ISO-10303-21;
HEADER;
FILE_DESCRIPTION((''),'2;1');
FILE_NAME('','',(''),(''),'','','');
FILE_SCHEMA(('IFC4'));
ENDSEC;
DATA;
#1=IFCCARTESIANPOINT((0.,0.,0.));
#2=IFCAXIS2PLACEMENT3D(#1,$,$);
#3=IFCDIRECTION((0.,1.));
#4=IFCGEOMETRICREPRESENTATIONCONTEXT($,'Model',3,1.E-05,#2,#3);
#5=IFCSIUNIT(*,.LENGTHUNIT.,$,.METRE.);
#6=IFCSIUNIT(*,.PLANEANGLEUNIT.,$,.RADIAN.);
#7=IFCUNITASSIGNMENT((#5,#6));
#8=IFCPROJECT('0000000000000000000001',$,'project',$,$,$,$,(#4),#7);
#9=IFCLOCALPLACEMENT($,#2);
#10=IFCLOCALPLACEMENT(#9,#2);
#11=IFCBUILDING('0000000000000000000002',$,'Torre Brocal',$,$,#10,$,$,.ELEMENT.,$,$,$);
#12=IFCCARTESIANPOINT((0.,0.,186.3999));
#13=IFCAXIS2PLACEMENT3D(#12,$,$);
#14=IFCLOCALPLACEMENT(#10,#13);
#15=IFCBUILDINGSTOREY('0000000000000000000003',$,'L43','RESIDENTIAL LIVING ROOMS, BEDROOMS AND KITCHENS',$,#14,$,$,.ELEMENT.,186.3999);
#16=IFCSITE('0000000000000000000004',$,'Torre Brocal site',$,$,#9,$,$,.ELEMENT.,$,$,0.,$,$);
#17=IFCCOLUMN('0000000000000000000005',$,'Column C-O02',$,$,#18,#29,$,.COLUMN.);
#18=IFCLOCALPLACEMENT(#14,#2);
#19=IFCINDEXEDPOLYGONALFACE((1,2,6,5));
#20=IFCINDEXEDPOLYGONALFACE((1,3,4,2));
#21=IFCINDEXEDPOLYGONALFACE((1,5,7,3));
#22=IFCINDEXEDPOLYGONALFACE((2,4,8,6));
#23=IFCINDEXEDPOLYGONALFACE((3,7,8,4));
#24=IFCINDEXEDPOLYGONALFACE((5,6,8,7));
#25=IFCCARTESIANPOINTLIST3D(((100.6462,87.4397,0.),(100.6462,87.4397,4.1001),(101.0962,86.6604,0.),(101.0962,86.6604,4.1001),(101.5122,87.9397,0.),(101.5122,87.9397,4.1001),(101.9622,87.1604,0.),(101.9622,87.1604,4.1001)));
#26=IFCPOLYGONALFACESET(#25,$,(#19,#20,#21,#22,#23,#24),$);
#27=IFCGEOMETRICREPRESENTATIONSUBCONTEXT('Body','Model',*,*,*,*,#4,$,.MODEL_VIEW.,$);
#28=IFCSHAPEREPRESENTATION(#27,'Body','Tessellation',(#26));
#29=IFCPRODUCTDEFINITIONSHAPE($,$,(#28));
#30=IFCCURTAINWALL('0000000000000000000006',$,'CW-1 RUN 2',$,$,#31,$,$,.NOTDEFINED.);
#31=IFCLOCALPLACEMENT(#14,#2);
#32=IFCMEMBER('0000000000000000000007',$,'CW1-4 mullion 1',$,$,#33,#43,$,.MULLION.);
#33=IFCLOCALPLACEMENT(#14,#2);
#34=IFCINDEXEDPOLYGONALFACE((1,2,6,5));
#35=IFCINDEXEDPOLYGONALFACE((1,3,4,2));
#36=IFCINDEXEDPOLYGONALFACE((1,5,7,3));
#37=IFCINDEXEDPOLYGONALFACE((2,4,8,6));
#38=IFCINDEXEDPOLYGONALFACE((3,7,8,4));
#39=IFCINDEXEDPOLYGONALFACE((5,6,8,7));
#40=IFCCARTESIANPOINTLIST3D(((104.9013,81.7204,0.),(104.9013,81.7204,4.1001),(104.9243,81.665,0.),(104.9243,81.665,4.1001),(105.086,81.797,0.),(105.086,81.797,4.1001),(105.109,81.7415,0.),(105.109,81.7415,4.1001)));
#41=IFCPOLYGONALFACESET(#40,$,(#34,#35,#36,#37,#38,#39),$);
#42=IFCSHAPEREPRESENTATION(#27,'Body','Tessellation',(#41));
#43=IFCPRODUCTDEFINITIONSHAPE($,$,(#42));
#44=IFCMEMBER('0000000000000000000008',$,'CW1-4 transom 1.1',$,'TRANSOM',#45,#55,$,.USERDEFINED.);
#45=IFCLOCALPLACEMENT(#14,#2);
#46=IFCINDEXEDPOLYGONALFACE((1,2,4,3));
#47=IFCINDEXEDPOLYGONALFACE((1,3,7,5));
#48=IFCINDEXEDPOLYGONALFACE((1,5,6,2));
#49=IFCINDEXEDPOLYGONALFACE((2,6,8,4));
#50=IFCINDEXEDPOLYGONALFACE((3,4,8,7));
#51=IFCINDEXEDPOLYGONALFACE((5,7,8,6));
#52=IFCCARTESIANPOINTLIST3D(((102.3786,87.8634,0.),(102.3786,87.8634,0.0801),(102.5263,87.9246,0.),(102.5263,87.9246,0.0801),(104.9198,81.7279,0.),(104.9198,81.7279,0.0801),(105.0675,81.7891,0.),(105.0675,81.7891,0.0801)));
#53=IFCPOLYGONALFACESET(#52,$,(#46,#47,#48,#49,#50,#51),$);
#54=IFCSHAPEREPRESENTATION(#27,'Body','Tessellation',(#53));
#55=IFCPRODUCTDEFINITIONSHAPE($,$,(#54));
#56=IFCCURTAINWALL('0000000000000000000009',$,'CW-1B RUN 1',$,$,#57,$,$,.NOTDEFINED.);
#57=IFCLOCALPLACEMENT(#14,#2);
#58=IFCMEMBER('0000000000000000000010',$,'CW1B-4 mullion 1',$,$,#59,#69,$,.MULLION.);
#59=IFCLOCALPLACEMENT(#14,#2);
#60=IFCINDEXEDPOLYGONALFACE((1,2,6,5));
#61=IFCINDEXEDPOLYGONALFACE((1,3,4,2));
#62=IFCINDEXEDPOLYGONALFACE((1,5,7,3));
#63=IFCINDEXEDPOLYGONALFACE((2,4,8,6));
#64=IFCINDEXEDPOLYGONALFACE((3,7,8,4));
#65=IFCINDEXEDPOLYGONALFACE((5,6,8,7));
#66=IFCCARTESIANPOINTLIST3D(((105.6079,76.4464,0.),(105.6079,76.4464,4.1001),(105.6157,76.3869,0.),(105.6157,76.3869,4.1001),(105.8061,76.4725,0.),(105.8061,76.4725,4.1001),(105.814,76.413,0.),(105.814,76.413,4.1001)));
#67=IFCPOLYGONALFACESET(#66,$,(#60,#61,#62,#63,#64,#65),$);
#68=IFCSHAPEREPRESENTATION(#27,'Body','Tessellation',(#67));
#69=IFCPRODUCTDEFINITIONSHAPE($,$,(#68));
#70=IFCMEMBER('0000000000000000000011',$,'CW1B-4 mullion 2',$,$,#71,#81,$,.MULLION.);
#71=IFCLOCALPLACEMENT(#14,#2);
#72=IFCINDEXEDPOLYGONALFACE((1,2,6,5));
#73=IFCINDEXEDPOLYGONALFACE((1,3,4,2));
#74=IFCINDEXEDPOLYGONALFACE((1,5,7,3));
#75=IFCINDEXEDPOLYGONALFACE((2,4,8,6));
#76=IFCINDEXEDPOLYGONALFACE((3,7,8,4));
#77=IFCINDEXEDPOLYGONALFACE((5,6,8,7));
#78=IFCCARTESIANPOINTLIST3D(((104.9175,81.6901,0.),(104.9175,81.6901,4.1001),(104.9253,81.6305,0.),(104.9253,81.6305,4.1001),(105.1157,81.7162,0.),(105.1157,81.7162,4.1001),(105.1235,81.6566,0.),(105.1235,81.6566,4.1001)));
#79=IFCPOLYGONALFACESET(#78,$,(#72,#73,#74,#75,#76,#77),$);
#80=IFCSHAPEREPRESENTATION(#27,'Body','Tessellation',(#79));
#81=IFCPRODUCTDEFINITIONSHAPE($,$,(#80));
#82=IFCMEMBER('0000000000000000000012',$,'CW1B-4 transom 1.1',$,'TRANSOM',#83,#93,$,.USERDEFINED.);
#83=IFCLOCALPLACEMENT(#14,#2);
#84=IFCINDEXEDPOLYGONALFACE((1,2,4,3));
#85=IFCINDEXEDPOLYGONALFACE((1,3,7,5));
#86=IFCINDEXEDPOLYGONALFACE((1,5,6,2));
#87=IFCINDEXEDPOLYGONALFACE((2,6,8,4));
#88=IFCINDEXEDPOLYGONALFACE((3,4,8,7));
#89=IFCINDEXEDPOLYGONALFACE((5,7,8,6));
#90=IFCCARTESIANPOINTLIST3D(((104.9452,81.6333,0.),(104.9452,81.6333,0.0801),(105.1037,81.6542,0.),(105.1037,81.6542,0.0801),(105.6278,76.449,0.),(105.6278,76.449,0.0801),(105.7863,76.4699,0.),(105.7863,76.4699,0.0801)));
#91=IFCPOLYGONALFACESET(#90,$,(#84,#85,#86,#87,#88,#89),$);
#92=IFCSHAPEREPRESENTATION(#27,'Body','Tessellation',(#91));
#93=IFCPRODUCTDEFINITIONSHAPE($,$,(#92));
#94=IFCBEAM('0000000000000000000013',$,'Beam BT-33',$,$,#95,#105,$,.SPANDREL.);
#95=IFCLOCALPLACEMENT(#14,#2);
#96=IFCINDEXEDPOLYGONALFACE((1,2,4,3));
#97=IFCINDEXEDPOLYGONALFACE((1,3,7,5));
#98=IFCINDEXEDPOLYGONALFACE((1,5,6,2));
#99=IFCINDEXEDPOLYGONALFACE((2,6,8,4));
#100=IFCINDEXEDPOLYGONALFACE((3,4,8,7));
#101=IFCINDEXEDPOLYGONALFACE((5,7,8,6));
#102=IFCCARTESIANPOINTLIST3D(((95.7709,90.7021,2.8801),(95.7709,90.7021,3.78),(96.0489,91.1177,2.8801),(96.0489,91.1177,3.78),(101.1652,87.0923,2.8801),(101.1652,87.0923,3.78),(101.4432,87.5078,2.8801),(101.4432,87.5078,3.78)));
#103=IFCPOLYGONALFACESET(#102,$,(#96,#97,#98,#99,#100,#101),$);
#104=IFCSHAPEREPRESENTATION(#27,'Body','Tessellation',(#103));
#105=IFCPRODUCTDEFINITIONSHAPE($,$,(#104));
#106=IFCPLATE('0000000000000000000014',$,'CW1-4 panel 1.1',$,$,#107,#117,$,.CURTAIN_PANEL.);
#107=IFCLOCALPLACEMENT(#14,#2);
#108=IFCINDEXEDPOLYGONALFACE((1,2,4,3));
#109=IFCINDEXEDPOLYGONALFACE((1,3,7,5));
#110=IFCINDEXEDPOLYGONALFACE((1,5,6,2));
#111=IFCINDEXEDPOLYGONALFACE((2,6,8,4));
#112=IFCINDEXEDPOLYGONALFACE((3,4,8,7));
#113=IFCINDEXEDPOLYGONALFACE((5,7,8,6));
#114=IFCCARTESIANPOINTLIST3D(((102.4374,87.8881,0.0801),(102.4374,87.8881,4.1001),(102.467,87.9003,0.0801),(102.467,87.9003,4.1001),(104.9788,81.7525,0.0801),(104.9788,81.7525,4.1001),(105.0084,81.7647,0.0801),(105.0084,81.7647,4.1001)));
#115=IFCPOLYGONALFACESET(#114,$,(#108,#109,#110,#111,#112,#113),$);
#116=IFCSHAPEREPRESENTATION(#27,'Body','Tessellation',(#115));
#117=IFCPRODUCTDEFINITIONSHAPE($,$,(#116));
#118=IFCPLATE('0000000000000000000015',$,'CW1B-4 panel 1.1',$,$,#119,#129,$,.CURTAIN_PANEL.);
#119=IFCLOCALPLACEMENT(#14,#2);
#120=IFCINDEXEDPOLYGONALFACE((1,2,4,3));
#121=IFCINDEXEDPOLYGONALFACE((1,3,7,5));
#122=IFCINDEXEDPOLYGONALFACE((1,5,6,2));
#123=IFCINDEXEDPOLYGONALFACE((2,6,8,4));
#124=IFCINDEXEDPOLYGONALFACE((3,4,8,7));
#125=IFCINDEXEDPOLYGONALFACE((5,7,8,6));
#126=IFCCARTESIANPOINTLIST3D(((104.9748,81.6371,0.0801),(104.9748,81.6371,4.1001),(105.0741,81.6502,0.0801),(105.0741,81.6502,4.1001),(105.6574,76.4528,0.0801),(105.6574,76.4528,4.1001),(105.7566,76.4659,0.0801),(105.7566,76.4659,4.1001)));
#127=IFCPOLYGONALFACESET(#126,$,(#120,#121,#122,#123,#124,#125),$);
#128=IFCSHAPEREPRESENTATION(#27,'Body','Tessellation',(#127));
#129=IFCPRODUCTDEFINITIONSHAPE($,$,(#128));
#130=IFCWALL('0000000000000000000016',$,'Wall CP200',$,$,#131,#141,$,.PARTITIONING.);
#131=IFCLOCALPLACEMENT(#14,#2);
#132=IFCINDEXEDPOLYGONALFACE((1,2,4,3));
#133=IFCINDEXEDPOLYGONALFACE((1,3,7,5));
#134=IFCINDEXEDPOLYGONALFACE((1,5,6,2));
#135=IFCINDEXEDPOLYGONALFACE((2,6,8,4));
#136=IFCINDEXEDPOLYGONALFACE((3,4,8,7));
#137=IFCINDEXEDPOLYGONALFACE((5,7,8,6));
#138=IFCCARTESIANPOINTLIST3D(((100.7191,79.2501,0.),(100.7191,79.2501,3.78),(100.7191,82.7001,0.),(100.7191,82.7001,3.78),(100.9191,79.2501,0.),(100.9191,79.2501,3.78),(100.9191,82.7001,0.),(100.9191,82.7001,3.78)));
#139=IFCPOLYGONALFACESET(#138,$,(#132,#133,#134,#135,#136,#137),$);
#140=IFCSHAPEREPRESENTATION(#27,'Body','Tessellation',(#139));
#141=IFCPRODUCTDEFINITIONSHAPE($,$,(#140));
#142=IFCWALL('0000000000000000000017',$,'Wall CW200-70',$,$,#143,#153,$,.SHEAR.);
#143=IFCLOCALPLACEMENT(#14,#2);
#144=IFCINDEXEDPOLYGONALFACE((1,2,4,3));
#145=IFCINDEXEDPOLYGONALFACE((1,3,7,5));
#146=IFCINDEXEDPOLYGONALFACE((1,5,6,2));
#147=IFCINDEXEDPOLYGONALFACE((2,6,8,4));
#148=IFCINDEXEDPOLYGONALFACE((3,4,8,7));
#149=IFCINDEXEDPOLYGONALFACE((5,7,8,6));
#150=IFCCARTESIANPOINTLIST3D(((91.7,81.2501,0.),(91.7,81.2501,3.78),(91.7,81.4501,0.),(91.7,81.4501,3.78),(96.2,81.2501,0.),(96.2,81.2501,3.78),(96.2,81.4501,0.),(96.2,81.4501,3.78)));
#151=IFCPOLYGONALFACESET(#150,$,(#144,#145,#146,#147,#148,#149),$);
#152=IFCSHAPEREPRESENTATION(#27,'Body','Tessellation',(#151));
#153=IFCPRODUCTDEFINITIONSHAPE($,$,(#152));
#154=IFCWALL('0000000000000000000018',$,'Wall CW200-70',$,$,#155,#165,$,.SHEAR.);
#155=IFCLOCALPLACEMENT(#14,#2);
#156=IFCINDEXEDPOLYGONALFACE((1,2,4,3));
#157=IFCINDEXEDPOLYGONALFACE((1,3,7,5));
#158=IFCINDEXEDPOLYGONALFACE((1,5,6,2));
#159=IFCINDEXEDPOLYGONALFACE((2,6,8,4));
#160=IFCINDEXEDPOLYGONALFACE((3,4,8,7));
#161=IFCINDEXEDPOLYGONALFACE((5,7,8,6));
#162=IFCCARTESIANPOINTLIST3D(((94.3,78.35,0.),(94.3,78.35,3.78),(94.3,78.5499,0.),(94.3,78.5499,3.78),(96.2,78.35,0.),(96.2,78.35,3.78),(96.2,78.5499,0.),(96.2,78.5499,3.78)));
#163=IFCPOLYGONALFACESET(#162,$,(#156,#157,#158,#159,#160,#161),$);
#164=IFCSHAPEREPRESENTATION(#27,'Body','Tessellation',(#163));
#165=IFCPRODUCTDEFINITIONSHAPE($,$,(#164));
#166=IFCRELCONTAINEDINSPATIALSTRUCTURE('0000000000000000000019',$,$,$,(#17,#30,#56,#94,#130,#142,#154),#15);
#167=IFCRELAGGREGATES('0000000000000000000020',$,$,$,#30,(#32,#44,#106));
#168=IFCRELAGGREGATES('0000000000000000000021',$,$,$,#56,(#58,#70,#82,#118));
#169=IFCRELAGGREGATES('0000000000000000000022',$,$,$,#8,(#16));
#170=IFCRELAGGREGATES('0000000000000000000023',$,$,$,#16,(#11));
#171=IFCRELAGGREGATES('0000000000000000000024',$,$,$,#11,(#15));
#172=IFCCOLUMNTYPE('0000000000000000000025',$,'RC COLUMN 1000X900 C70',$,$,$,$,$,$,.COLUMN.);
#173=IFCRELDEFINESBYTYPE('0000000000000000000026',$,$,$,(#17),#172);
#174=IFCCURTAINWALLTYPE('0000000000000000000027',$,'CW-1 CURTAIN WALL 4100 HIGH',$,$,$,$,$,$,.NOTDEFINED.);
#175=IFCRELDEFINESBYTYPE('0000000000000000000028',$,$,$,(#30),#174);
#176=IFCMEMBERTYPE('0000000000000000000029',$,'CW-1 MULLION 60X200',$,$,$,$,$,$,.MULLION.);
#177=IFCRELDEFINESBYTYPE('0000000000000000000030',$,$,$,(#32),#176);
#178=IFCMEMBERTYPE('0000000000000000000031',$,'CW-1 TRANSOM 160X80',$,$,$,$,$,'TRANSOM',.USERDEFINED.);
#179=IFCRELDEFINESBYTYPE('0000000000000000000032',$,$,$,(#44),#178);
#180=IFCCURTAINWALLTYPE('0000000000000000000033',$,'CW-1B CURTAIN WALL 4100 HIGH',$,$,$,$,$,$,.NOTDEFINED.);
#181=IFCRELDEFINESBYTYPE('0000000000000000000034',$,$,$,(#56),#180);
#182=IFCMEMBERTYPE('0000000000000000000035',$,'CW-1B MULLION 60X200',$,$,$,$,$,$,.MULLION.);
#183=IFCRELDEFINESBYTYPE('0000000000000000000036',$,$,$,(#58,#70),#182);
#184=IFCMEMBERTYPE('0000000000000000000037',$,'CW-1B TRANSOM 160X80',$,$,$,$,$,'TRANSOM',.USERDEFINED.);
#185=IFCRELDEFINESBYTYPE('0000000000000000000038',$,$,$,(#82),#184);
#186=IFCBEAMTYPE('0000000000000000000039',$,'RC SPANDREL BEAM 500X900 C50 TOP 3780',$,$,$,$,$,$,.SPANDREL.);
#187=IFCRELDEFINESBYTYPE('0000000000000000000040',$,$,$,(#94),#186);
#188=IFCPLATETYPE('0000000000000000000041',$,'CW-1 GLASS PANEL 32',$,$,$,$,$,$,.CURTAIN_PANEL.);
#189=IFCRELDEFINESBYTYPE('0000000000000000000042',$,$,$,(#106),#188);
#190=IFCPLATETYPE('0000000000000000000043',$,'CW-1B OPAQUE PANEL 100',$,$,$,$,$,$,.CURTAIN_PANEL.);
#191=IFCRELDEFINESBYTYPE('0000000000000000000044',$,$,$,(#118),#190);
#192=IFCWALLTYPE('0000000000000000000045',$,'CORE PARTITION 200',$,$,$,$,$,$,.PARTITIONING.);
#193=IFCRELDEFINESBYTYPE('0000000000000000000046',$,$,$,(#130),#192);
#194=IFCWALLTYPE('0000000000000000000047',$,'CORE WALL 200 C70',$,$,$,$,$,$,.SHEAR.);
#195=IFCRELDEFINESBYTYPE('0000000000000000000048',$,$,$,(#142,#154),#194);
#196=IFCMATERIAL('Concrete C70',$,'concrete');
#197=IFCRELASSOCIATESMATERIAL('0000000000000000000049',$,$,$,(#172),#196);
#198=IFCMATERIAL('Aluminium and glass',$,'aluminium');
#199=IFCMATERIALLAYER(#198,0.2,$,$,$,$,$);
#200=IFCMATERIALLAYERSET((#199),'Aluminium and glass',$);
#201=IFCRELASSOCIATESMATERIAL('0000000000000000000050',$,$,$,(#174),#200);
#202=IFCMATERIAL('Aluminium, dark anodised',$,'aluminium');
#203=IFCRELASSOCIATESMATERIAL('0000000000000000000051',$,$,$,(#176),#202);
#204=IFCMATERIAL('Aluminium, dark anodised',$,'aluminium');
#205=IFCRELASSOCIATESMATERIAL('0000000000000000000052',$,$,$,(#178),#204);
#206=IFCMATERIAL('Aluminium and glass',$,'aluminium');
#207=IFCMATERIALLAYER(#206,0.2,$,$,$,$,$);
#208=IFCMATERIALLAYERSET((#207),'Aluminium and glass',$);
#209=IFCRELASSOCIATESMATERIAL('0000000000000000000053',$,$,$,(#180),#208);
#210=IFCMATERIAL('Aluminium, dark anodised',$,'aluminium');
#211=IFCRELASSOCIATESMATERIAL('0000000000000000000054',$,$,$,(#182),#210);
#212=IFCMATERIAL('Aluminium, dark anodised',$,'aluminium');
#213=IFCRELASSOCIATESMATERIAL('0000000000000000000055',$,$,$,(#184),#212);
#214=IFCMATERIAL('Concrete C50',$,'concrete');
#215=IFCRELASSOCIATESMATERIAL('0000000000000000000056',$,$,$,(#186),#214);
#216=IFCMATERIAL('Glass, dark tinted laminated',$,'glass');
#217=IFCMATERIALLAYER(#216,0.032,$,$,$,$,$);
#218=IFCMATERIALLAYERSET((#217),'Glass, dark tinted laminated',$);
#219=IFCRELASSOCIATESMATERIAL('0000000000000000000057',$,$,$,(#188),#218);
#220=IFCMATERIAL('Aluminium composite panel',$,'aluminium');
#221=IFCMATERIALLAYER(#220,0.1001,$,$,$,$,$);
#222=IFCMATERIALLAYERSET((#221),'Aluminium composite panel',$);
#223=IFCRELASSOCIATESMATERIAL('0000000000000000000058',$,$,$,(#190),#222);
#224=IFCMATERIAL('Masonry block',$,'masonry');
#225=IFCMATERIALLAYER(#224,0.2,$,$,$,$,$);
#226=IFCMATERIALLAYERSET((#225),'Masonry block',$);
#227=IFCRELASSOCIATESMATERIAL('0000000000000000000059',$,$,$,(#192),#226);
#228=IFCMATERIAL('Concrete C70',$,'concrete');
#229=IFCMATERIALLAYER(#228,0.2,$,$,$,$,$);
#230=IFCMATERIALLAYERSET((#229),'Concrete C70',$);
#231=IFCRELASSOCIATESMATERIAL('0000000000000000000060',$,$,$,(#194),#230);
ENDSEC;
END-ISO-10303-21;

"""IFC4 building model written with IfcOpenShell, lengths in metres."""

from ifc_helpers import new_model, si_unit, direction, frame, frame_2d, origin, origin_2d, place, context, subcontext, project, spatial, rectangle, extrude, material, layer, layer_set, material_profile, profile_set, type_object, element, aggregate, save


model = new_model("IFC4")

# Units and contexts
model_context = context("Model", 3, precision=1e-05, world=origin(), true_north=direction((0.0, 1.0)))
body_context = subcontext(model_context, "Body", "Model", "MODEL_VIEW")
ifc_project = project(units=[si_unit("LENGTHUNIT", "METRE"), si_unit("PLANEANGLEUNIT", "RADIAN")], contexts=[model_context])

# Site, building, storey
site_placement = place(None, origin())
site = spatial("IfcSite", under=ifc_project, at=site_placement, Name="Torre Brocal site", CompositionType="ELEMENT", RefElevation=0.0)
building_placement = place(site_placement, origin())
building = spatial("IfcBuilding", under=site, at=building_placement, Name="Torre Brocal", CompositionType="ELEMENT")
storey_placement = place(building_placement, frame((0.0, 0.0, 186.3999)))
storey = spatial("IfcBuildingStorey", under=building, at=storey_placement, Name="L43", Description="RESIDENTIAL LIVING ROOMS, BEDROOMS AND KITCHENS", CompositionType="ELEMENT", Elevation=186.3999)

# Column
ifc_material_1 = material(Name="Concrete C70", Category="concrete")
ifc_material_profile_1 = material_profile(ifc_material_1, rectangle(XDim=1.0, YDim=0.8999, at=origin_2d()), Name="RC 1000X900")
ifc_profile_set_1 = profile_set([ifc_material_profile_1], Name="Concrete C70")
column_type = type_object("IfcColumnType", Name="RC COLUMN 1000X900 C70", PredefinedType="COLUMN", material=ifc_profile_set_1)
column_placement = place(storey_placement, frame((101.3042, 87.3, 0.0), z_axis=(0.0, 0.0, 1.0), x_axis=(0.866025, 0.5, 0.0)))
element("IfcColumn", 1, at=column_placement, inside=storey, type_object=column_type, Name="Column C-O02", PredefinedType="COLUMN", context=body_context, shape_type="SweptSolid", body=[
    extrude(rectangle(XDim=1.0, YDim=0.8999, at=origin_2d()), origin(), (0.0, 0.0, 1.0), 4.1001),
])

# Curtain walls, members
ifc_material_2 = material(Name="Aluminium and glass", Category="aluminium")
ifc_layer_1 = layer(ifc_material_2, 0.2)
ifc_layer_set_1 = layer_set([ifc_layer_1], Name="Aluminium and glass")
curtain_wall_type_1 = type_object("IfcCurtainWallType", Name="CW-1 CURTAIN WALL 4100 HIGH", PredefinedType="NOTDEFINED", material=ifc_layer_set_1)
curtain_wall_1_placement = place(storey_placement, origin())
curtain_wall_1 = element("IfcCurtainWall", 2, at=curtain_wall_1_placement, inside=storey, type_object=curtain_wall_type_1, Name="CW-1 RUN 2", PredefinedType="NOTDEFINED")
ifc_material_3 = material(Name="Aluminium, dark anodised", Category="aluminium")
ifc_material_profile_2 = material_profile(ifc_material_3, rectangle(XDim=0.2, YDim=0.0601, at=origin_2d()), Name="CW-1 MULLION 60X200")
ifc_profile_set_2 = profile_set([ifc_material_profile_2], Name="Aluminium, dark anodised")
member_type_1 = type_object("IfcMemberType", Name="CW-1 MULLION 60X200", PredefinedType="MULLION", material=ifc_profile_set_2)
member_1_placement = place(storey_placement, frame((105.0051, 81.731, 0.0), z_axis=(0.0, 0.0, 1.0), x_axis=(-0.92388, -0.382683, 0.0)))
member_1 = element("IfcMember", 3, at=member_1_placement, type_object=member_type_1, Name="CW1-4 mullion 1", PredefinedType="MULLION", context=body_context, shape_type="SweptSolid", body=[
    extrude(rectangle(XDim=0.2, YDim=0.0601, at=origin_2d()), origin(), (0.0, 0.0, 1.0), 4.1001),
])
ifc_material_4 = material(Name="Aluminium, dark anodised", Category="aluminium")
ifc_material_profile_3 = material_profile(ifc_material_4, rectangle(XDim=0.1599, YDim=0.0801, at=origin_2d()), Name="CW-1 TRANSOM 160X80")
ifc_profile_set_3 = profile_set([ifc_material_profile_3], Name="Aluminium, dark anodised")
member_type_2 = type_object("IfcMemberType", Name="CW-1 TRANSOM 160X80", ElementType="TRANSOM", PredefinedType="USERDEFINED", material=ifc_profile_set_3)
member_2_placement = place(storey_placement, frame((104.9937, 81.7585, 0.04), z_axis=(-0.382665, 0.923887, 0.0), x_axis=(-0.923887, -0.382665, 0.0)))
member_2 = element("IfcMember", 4, at=member_2_placement, type_object=member_type_2, Name="CW1-4 transom 1.1", ObjectType="TRANSOM", PredefinedType="USERDEFINED", context=body_context, shape_type="SweptSolid", body=[
    extrude(rectangle(XDim=0.1599, YDim=0.0801, at=origin_2d()), origin(), (0.0, 0.0, 1.0), 6.6409),
])
ifc_material_5 = material(Name="Aluminium and glass", Category="aluminium")
ifc_layer_2 = layer(ifc_material_5, 0.2)
ifc_layer_set_2 = layer_set([ifc_layer_2], Name="Aluminium and glass")
curtain_wall_type_2 = type_object("IfcCurtainWallType", Name="CW-1B CURTAIN WALL 4100 HIGH", PredefinedType="NOTDEFINED", material=ifc_layer_set_2)
curtain_wall_2_placement = place(storey_placement, origin())
curtain_wall_2 = element("IfcCurtainWall", 5, at=curtain_wall_2_placement, inside=storey, type_object=curtain_wall_type_2, Name="CW-1B RUN 1", PredefinedType="NOTDEFINED")
ifc_material_6 = material(Name="Aluminium, dark anodised", Category="aluminium")
ifc_material_profile_4 = material_profile(ifc_material_6, rectangle(XDim=0.2, YDim=0.0601, at=origin_2d()), Name="CW-1B MULLION 60X200")
ifc_profile_set_4 = profile_set([ifc_material_profile_4], Name="Aluminium, dark anodised")
member_type_3 = type_object("IfcMemberType", Name="CW-1B MULLION 60X200", PredefinedType="MULLION", material=ifc_profile_set_4)
member_3_placement = place(storey_placement, frame((105.7109, 76.4297, 0.0), z_axis=(0.0, 0.0, 1.0), x_axis=(-0.991445, -0.130526, 0.0)))
member_3 = element("IfcMember", 6, at=member_3_placement, type_object=member_type_3, Name="CW1B-4 mullion 1", PredefinedType="MULLION", context=body_context, shape_type="SweptSolid", body=[
    extrude(rectangle(XDim=0.2, YDim=0.0601, at=origin_2d()), origin(), (0.0, 0.0, 1.0), 4.1001),
])
member_4_placement = place(storey_placement, frame((105.0205, 81.6733, 0.0), z_axis=(0.0, 0.0, 1.0), x_axis=(-0.991445, -0.130526, 0.0)))
member_4 = element("IfcMember", 7, at=member_4_placement, type_object=member_type_3, Name="CW1B-4 mullion 2", PredefinedType="MULLION", context=body_context, shape_type="SweptSolid", body=[
    extrude(rectangle(XDim=0.2, YDim=0.0601, at=origin_2d()), origin(), (0.0, 0.0, 1.0), 4.1001),
])
ifc_material_7 = material(Name="Aluminium, dark anodised", Category="aluminium")
ifc_material_profile_5 = material_profile(ifc_material_7, rectangle(XDim=0.1599, YDim=0.0801, at=origin_2d()), Name="CW-1B TRANSOM 160X80")
ifc_profile_set_5 = profile_set([ifc_material_profile_5], Name="Aluminium, dark anodised")
member_type_4 = type_object("IfcMemberType", Name="CW-1B TRANSOM 160X80", ElementType="TRANSOM", PredefinedType="USERDEFINED", material=ifc_profile_set_5)
member_5_placement = place(storey_placement, frame((105.707, 76.4595, 0.04), z_axis=(-0.130543, 0.991443, 0.0), x_axis=(-0.991443, -0.130543, 0.0)))
member_5 = element("IfcMember", 8, at=member_5_placement, type_object=member_type_4, Name="CW1B-4 transom 1.1", ObjectType="TRANSOM", PredefinedType="USERDEFINED", context=body_context, shape_type="SweptSolid", body=[
    extrude(rectangle(XDim=0.1599, YDim=0.0801, at=origin_2d()), origin(), (0.0, 0.0, 1.0), 5.229),
])

# Beam
ifc_material_8 = material(Name="Concrete C50", Category="concrete")
ifc_material_profile_6 = material_profile(ifc_material_8, rectangle(XDim=0.5, YDim=0.8999, at=origin_2d()), Name="RC 500X900")
ifc_profile_set_6 = profile_set([ifc_material_profile_6], Name="Concrete C50")
beam_type = type_object("IfcBeamType", Name="RC SPANDREL BEAM 500X900 C50 TOP 3780", PredefinedType="SPANDREL", material=ifc_profile_set_6)
beam_placement = place(storey_placement, frame((101.3042, 87.3, 3.3301), z_axis=(-0.831077, 0.556158, 0.0), x_axis=(-0.556158, -0.831077, 0.0)))
element("IfcBeam", 9, at=beam_placement, inside=storey, type_object=beam_type, Name="Beam BT-33", PredefinedType="SPANDREL", context=body_context, shape_type="SweptSolid", body=[
    extrude(rectangle(XDim=0.5, YDim=0.8999, at=origin_2d()), origin(), (0.0, 0.0, 1.0), 6.4907),
])

# Plates
ifc_material_9 = material(Name="Glass, dark tinted laminated", Category="glass")
ifc_layer_3 = layer(ifc_material_9, 0.032)
ifc_layer_set_3 = layer_set([ifc_layer_3], Name="Glass, dark tinted laminated")
plate_type_1 = type_object("IfcPlateType", Name="CW-1 GLASS PANEL 32", PredefinedType="CURTAIN_PANEL", material=ifc_layer_set_3)
plate_1_placement = place(storey_placement, frame((103.7229, 84.8264, 0.0801), z_axis=(0.0, 0.0, 1.0), x_axis=(-0.382683, 0.92388, 0.0)))
plate_1 = element("IfcPlate", 10, at=plate_1_placement, type_object=plate_type_1, Name="CW1-4 panel 1.1", PredefinedType="CURTAIN_PANEL", context=body_context, shape_type="SweptSolid", body=[
    extrude(rectangle(XDim=6.6411, YDim=0.032, at=origin_2d()), origin(), (0.0, 0.0, 1.0), 4.02),
])
aggregate(curtain_wall_1, [member_1, member_2, plate_1])
ifc_material_10 = material(Name="Aluminium composite panel", Category="aluminium")
ifc_layer_4 = layer(ifc_material_10, 0.1001)
ifc_layer_set_4 = layer_set([ifc_layer_4], Name="Aluminium composite panel")
plate_type_2 = type_object("IfcPlateType", Name="CW-1B OPAQUE PANEL 100", PredefinedType="CURTAIN_PANEL", material=ifc_layer_set_4)
plate_2_placement = place(storey_placement, frame((105.3657, 79.0515, 0.0801), z_axis=(0.0, 0.0, 1.0), x_axis=(-0.130526, 0.991445, 0.0)))
plate_2 = element("IfcPlate", 11, at=plate_2_placement, type_object=plate_type_2, Name="CW1B-4 panel 1.1", PredefinedType="CURTAIN_PANEL", context=body_context, shape_type="SweptSolid", body=[
    extrude(rectangle(XDim=5.229, YDim=0.1001, at=origin_2d()), origin(), (0.0, 0.0, 1.0), 4.02),
])
aggregate(curtain_wall_2, [member_3, member_4, member_5, plate_2])

# Walls
ifc_material_11 = material(Name="Masonry block", Category="masonry")
ifc_layer_5 = layer(ifc_material_11, 0.2)
ifc_layer_set_5 = layer_set([ifc_layer_5], Name="Masonry block")
wall_type_1 = type_object("IfcWallType", Name="CORE PARTITION 200", PredefinedType="PARTITIONING", material=ifc_layer_set_5)
wall_1_placement = place(storey_placement, frame((100.8191, 79.25, 0.0), z_axis=(0.0, 0.0, 1.0), x_axis=(0.0, 1.0, 0.0)))
element("IfcWall", 12, at=wall_1_placement, inside=storey, type_object=wall_type_1, Name="Wall CP200", PredefinedType="PARTITIONING", context=body_context, shape_type="SweptSolid", body=[
    extrude(rectangle(XDim=3.45, YDim=0.2, at=frame_2d((1.7251, 0.0))), origin(), (0.0, 0.0, 1.0), 3.78),
])
ifc_material_12 = material(Name="Concrete C70", Category="concrete")
ifc_layer_6 = layer(ifc_material_12, 0.2)
ifc_layer_set_6 = layer_set([ifc_layer_6], Name="Concrete C70")
wall_type_2 = type_object("IfcWallType", Name="CORE WALL 200 C70", PredefinedType="SHEAR", material=ifc_layer_set_6)
wall_2_placement = place(storey_placement, frame((91.7, 81.3501, 0.0), z_axis=(0.0, 0.0, 1.0), x_axis=(1.0, 0.0, 0.0)))
element("IfcWall", 13, at=wall_2_placement, inside=storey, type_object=wall_type_2, Name="Wall CW200-70", PredefinedType="SHEAR", context=body_context, shape_type="SweptSolid", body=[
    extrude(rectangle(XDim=4.5, YDim=0.2, at=frame_2d((2.25, 0.0))), origin(), (0.0, 0.0, 1.0), 3.78),
])
wall_3_placement = place(storey_placement, frame((94.3, 78.45, 0.0), z_axis=(0.0, 0.0, 1.0), x_axis=(1.0, 0.0, 0.0)))
element("IfcWall", 14, at=wall_3_placement, inside=storey, type_object=wall_type_2, Name="Wall CW200-70", PredefinedType="SHEAR", context=body_context, shape_type="SweptSolid", body=[
    extrude(rectangle(XDim=1.8999, YDim=0.2, at=frame_2d((0.95, 0.0))), origin(), (0.0, 0.0, 1.0), 3.78),
])

save(model, "model.ifc")
